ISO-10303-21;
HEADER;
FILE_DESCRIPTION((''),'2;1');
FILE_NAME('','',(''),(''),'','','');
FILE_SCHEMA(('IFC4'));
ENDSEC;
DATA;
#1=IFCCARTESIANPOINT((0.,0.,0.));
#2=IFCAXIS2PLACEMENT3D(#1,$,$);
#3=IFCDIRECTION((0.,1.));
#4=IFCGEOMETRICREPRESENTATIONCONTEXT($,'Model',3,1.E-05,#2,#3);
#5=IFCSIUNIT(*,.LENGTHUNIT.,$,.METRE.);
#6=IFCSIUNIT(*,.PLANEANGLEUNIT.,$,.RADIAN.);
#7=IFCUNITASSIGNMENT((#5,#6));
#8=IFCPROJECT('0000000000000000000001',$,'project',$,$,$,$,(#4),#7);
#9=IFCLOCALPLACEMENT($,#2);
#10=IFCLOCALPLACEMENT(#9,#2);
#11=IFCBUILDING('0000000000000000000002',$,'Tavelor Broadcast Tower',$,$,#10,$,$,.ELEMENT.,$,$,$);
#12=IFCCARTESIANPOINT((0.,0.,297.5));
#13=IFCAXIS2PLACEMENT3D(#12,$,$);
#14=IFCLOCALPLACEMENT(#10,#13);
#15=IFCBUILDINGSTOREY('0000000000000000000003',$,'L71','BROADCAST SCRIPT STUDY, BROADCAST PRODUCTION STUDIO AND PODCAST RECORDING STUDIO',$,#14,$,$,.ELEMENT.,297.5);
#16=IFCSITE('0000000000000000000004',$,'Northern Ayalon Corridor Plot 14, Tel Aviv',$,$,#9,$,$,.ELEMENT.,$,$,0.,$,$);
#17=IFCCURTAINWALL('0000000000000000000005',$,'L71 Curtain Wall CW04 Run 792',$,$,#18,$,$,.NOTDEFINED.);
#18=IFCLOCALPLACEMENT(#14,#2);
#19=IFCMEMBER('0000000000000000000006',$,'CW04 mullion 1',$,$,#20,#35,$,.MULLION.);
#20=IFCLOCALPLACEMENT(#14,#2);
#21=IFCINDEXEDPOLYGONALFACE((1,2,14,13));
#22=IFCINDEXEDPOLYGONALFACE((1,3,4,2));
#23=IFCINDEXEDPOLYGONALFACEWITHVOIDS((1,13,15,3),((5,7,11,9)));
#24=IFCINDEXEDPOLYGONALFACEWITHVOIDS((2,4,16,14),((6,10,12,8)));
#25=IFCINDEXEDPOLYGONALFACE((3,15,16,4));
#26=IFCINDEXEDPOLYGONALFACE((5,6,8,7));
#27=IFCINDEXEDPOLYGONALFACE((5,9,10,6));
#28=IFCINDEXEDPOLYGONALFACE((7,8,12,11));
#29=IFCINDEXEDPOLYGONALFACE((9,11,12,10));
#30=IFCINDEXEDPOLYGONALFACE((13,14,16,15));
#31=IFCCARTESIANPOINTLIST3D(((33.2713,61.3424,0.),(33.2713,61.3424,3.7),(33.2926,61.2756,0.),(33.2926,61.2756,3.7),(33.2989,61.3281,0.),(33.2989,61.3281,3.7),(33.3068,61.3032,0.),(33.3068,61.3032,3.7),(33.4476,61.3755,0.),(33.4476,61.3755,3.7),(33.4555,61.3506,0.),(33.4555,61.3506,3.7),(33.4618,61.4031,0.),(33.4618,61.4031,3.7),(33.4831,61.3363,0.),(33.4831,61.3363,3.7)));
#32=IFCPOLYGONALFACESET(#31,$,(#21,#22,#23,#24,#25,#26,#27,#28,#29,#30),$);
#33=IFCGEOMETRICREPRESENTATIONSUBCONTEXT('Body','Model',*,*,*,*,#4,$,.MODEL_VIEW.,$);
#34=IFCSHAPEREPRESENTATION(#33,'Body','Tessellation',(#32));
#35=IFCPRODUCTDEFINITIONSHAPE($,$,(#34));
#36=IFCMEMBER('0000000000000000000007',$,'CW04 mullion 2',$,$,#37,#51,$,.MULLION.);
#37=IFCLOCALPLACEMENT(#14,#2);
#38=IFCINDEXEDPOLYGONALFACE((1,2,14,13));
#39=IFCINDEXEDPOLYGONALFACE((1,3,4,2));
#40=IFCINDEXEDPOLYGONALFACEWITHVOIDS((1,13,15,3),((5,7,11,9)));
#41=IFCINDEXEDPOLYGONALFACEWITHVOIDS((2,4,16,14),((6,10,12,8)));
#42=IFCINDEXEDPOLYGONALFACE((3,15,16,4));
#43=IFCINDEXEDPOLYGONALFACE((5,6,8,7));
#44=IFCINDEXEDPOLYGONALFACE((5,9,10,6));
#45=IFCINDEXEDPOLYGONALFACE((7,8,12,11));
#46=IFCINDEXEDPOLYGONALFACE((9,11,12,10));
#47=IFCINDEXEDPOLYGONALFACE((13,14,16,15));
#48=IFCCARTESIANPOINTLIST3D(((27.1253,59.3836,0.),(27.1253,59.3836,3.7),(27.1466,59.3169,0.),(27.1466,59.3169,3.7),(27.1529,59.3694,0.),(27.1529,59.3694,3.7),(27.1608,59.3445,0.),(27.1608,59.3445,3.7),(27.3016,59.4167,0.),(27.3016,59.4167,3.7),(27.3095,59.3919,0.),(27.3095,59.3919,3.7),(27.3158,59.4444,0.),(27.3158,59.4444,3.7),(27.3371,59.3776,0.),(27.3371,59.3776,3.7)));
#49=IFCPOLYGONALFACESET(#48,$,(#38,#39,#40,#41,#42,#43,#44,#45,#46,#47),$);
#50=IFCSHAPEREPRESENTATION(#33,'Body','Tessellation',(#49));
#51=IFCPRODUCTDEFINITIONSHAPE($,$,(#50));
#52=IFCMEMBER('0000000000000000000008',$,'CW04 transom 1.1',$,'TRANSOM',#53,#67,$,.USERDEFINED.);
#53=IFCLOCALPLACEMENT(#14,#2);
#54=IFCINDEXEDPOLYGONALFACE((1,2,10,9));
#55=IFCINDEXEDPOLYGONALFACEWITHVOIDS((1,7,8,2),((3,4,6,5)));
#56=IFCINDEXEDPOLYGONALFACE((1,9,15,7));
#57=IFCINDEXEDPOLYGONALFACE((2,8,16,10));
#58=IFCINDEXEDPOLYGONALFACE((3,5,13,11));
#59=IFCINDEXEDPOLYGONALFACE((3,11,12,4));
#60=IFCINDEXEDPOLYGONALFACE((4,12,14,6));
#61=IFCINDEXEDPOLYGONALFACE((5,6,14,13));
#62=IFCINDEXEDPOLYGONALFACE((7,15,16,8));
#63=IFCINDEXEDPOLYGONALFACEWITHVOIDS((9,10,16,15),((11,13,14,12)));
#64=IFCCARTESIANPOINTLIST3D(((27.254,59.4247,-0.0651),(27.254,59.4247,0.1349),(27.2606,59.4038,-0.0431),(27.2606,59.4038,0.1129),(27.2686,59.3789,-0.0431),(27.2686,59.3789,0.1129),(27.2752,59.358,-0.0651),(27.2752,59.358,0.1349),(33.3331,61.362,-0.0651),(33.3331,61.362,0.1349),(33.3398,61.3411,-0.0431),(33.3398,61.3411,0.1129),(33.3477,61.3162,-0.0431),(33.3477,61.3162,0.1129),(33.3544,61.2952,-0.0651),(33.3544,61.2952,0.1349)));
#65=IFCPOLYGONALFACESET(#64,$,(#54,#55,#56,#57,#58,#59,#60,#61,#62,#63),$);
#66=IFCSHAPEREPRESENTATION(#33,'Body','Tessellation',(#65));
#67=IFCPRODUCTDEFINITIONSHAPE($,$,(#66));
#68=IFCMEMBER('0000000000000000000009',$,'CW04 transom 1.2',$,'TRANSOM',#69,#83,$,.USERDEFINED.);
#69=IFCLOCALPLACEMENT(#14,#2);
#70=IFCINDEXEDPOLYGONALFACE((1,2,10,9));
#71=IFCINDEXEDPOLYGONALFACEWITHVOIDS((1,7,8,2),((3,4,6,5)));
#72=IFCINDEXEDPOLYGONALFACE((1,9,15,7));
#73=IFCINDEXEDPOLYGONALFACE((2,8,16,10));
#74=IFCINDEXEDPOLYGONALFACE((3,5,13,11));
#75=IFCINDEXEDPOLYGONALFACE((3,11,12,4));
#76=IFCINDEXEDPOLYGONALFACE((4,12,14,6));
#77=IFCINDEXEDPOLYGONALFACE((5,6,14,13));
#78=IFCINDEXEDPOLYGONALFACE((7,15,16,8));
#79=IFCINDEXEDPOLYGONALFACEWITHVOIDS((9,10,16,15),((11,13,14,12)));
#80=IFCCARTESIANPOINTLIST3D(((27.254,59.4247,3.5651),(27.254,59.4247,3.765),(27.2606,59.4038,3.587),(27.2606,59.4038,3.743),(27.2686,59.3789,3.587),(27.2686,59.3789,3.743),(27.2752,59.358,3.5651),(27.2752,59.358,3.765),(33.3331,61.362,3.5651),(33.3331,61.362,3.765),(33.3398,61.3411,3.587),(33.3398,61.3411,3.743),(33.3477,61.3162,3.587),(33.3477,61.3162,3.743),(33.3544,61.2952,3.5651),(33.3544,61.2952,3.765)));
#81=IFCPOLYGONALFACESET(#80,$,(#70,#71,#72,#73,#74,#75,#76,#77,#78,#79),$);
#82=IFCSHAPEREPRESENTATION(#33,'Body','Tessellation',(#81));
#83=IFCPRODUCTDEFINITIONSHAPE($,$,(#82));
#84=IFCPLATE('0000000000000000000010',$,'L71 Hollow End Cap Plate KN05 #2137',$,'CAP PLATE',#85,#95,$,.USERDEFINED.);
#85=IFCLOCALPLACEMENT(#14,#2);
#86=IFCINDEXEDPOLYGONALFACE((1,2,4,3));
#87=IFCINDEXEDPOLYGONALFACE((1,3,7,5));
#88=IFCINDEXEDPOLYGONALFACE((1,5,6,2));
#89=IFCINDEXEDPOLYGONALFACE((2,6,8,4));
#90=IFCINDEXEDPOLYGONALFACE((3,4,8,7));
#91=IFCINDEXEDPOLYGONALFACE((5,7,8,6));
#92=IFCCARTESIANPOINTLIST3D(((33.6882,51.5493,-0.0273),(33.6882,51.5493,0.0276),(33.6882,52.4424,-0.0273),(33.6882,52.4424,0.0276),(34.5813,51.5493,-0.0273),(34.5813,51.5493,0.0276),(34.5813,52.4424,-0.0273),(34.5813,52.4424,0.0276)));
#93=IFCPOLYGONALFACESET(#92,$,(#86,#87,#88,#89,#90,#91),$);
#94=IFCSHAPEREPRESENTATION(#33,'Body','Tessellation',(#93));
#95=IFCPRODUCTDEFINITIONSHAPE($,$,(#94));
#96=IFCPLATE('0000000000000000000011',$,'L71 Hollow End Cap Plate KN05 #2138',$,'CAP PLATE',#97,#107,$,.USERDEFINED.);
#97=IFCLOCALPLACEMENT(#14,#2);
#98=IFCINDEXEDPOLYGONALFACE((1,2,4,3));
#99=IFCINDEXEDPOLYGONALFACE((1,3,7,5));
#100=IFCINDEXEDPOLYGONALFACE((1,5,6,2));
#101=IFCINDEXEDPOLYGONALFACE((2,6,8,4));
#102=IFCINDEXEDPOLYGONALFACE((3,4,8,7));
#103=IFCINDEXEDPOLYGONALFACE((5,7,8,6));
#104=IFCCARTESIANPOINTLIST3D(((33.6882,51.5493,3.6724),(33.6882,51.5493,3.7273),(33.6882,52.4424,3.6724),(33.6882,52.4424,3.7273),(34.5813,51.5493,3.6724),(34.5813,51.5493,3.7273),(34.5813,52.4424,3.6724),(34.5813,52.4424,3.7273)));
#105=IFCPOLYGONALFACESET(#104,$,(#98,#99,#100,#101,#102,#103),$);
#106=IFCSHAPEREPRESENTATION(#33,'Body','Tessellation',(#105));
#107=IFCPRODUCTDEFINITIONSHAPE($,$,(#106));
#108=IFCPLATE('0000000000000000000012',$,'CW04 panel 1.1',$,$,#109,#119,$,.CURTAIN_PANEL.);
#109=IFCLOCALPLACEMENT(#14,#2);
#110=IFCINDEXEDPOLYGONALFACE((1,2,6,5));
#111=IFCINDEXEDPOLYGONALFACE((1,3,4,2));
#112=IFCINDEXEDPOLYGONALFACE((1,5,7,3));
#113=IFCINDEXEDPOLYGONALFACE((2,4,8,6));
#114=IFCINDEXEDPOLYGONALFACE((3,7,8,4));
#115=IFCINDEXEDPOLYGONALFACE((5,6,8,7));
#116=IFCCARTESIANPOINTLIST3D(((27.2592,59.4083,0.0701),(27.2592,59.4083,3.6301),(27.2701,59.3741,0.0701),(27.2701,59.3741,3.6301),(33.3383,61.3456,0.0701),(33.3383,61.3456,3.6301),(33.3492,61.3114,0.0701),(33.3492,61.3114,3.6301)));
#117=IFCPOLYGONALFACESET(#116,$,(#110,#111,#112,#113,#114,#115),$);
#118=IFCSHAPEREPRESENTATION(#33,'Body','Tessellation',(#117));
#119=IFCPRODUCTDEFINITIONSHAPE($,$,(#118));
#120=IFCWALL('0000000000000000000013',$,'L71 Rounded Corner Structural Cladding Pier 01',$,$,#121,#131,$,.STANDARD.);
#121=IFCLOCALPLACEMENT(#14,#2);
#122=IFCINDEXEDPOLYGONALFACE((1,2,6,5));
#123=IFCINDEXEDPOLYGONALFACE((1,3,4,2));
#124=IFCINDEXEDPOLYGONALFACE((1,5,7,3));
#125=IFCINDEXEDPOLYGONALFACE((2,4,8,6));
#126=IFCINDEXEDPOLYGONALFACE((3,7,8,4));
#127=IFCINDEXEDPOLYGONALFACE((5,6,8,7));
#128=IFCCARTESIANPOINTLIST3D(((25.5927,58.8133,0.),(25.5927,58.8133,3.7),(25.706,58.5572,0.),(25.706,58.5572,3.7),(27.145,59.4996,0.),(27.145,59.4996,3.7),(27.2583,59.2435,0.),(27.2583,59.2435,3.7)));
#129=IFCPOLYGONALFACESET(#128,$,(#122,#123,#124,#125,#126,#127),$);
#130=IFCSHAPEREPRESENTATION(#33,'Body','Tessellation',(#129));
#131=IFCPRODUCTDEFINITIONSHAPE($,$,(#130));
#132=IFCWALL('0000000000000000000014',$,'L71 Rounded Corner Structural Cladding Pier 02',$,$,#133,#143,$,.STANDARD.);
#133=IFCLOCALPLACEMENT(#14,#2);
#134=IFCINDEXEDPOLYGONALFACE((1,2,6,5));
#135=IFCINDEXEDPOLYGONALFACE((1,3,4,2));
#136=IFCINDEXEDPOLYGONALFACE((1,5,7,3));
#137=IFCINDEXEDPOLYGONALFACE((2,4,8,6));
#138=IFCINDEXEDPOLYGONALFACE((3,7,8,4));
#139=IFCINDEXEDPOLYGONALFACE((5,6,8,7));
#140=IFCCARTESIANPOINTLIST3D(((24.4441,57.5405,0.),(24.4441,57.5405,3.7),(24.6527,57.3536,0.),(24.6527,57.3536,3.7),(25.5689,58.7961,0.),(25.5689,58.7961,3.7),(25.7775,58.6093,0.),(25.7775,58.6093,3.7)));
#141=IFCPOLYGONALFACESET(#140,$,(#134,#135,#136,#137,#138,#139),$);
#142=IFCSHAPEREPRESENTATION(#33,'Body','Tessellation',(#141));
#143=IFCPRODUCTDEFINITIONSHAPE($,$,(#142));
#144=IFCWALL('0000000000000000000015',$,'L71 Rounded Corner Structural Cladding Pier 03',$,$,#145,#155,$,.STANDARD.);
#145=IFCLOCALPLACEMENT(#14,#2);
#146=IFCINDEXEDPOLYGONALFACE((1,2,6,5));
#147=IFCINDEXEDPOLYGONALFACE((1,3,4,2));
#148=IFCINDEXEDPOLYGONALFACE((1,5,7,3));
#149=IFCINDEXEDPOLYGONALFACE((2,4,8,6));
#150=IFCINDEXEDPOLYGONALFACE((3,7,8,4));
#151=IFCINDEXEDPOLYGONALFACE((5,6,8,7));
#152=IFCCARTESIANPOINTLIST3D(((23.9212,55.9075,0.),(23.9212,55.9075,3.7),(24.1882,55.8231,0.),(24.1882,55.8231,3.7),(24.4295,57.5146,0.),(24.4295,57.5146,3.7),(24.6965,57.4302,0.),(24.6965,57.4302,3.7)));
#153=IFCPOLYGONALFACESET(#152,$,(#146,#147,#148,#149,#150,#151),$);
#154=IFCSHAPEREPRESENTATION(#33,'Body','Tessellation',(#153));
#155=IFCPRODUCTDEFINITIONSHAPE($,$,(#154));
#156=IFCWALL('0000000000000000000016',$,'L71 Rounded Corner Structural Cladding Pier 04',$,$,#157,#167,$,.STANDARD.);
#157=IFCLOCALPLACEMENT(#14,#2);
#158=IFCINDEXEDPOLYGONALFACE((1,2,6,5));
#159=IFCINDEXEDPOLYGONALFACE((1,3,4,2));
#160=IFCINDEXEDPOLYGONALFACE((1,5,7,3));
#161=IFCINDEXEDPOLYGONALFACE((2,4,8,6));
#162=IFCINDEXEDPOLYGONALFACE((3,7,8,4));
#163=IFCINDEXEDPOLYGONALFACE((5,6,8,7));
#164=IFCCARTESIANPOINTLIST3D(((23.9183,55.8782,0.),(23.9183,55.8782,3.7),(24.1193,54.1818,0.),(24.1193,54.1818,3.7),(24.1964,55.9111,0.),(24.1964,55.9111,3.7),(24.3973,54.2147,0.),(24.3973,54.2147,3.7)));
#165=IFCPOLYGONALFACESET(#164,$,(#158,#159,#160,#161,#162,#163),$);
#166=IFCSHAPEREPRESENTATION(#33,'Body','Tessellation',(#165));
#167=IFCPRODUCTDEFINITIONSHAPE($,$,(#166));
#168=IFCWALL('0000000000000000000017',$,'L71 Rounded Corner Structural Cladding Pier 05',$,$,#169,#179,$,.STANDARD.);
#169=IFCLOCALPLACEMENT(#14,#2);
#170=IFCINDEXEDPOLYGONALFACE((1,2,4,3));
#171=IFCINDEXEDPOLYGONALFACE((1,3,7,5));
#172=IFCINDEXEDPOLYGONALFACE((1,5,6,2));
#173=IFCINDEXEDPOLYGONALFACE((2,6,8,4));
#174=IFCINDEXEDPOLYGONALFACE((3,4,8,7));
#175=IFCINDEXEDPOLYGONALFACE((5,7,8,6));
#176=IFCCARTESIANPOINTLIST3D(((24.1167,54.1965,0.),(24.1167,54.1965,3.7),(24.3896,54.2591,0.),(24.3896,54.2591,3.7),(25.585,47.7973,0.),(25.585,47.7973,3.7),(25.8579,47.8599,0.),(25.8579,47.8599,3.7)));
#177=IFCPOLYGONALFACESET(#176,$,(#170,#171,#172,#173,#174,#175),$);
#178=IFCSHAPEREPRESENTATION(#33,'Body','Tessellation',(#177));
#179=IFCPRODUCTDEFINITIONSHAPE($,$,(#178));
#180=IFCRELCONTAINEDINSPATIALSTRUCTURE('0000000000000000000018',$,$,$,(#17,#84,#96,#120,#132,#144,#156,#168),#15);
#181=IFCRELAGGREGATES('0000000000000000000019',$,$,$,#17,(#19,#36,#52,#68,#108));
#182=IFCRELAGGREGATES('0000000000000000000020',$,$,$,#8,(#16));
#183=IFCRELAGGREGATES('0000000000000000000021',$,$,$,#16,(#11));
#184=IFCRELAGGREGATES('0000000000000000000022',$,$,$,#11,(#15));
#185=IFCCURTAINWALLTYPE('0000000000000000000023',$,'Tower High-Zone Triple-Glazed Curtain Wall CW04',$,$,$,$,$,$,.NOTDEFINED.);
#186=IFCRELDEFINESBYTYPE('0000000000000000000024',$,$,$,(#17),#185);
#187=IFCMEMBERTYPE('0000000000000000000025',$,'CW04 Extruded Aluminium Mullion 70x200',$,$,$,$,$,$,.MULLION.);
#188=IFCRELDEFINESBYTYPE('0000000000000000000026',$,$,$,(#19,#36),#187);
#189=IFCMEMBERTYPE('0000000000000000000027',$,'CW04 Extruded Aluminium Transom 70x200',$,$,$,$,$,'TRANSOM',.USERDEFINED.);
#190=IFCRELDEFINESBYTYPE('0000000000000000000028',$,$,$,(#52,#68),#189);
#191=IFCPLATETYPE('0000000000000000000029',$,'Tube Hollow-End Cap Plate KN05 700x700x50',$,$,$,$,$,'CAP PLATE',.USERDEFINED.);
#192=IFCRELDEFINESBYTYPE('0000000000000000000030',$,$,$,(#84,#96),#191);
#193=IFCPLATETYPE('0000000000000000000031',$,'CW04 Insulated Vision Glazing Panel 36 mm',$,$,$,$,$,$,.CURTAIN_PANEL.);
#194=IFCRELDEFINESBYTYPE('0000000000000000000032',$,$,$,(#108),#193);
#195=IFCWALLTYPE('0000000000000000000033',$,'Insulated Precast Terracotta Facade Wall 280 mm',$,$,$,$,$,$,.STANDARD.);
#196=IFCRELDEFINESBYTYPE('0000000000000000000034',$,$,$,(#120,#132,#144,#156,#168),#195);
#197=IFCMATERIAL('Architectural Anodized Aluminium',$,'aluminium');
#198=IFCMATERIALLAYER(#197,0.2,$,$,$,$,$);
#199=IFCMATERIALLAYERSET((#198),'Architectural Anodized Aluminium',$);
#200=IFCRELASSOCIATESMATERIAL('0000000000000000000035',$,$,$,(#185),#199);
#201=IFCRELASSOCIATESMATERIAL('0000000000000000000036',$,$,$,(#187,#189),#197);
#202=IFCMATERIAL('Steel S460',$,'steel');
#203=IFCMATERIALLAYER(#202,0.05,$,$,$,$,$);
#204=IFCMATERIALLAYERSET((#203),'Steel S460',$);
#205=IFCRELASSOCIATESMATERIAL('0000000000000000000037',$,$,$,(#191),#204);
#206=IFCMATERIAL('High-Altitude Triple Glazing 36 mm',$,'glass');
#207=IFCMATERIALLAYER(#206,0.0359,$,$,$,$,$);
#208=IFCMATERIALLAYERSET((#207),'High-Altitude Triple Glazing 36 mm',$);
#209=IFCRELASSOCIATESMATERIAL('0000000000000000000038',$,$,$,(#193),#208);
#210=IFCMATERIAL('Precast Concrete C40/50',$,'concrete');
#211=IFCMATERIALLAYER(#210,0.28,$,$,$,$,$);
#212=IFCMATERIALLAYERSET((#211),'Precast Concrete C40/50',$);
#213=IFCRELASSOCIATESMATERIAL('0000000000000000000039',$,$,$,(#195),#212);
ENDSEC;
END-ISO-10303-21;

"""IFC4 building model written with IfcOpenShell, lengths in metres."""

from ifc_helpers import new_model, si_unit, direction, frame, frame_2d, origin, origin_2d, place, context, subcontext, project, spatial, rectangle, hollow_rectangle, extrude, source, transform, mapped, material, layer, layer_set, material_profile, profile_set, type_object, type_shapes, element, aggregate, save


model = new_model("IFC4")

# Units and contexts
model_context = context("Model", 3, precision=1e-05, world=origin(), true_north=direction((0.0, 1.0)))
body_context = subcontext(model_context, "Body", "Model", "MODEL_VIEW")
ifc_project = project(units=[si_unit("LENGTHUNIT", "METRE"), si_unit("PLANEANGLEUNIT", "RADIAN")], contexts=[model_context])

# Site, building, storey
site_placement = place(None, origin())
site = spatial("IfcSite", under=ifc_project, at=site_placement, Name="Northern Ayalon Corridor Plot 14, Tel Aviv", CompositionType="ELEMENT", RefElevation=0.0)
building_placement = place(site_placement, origin())
building = spatial("IfcBuilding", under=site, at=building_placement, Name="Tavelor Broadcast Tower", CompositionType="ELEMENT")
storey_placement = place(building_placement, frame((0.0, 0.0, 297.5)))
storey = spatial("IfcBuildingStorey", under=building, at=storey_placement, Name="L71", Description="BROADCAST SCRIPT STUDY, BROADCAST PRODUCTION STUDIO AND PODCAST RECORDING STUDIO", CompositionType="ELEMENT", Elevation=297.5)

# Shared definitions
ifc_material_1 = material(Name="Steel S460", Category="steel")

# Shared definitions
ifc_material_2 = material(Name="Architectural Anodized Aluminium", Category="aluminium")
ifc_layer_1 = layer(ifc_material_2, 0.2)
ifc_layer_set_1 = layer_set([ifc_layer_1], Name="Architectural Anodized Aluminium")
curtain_wall_type = type_object("IfcCurtainWallType", Name="Tower High-Zone Triple-Glazed Curtain Wall CW04", PredefinedType="NOTDEFINED", material=ifc_layer_set_1)
ifc_material_profile_1 = material_profile(ifc_material_2, hollow_rectangle(XDim=0.0701, YDim=0.2, WallThickness=0.022, at=origin_2d()), Name="RHS 70x200x22")
ifc_profile_set_1 = profile_set([ifc_material_profile_1], Name="Architectural Anodized Aluminium")
member_type_1 = type_object("IfcMemberType", Name="CW04 Extruded Aluminium Mullion 70x200", PredefinedType="MULLION", material=ifc_profile_set_1)
shared_shape_1 = source(origin(), body_context, "Body", "SweptSolid", [
    extrude(hollow_rectangle(XDim=0.0701, YDim=0.2, WallThickness=0.022, at=origin_2d()), origin(), (0.0, 0.0, 1.0), 3.7),
])
type_shapes(member_type_1, [shared_shape_1])

# Curtain wall, members
curtain_wall_1_placement = place(storey_placement, origin())
curtain_wall_1 = element("IfcCurtainWall", 1, at=curtain_wall_1_placement, inside=storey, type_object=curtain_wall_type, Name="L71 Curtain Wall CW04 Run 792", PredefinedType="NOTDEFINED")
member_1_placement = place(storey_placement, frame((33.3772, 61.3394, 0.0), z_axis=(0.0, 0.0, 1.0), x_axis=(0.303644, -0.952785, 0.0)))
member_1 = element("IfcMember", 2, at=member_1_placement, type_object=member_type_1, Name="CW04 mullion 1", PredefinedType="MULLION", context=body_context, shape_type="MappedRepresentation", body=[
    mapped(shared_shape_1, transform((0.0, 0.0, 0.0), scale=1.0)),
])
member_2_placement = place(storey_placement, frame((27.2312, 59.3806, 0.0), z_axis=(0.0, 0.0, 1.0), x_axis=(0.303644, -0.952785, 0.0)))
member_2 = element("IfcMember", 3, at=member_2_placement, type_object=member_type_1, Name="CW04 mullion 2", PredefinedType="MULLION", context=body_context, shape_type="MappedRepresentation", body=[
    mapped(shared_shape_1, transform((0.0, 0.0, 0.0), scale=1.0)),
])
ifc_material_profile_2 = material_profile(ifc_material_2, hollow_rectangle(XDim=0.0701, YDim=0.2, WallThickness=0.022, at=origin_2d()), Name="RHS 70x200x22")
ifc_profile_set_2 = profile_set([ifc_material_profile_2], Name="Architectural Anodized Aluminium")
member_type_2 = type_object("IfcMemberType", Name="CW04 Extruded Aluminium Transom 70x200", ElementType="TRANSOM", PredefinedType="USERDEFINED", material=ifc_profile_set_2)
shared_shape_2 = source(origin(), body_context, "Body", "SweptSolid", [
    extrude(hollow_rectangle(XDim=0.0701, YDim=0.2, WallThickness=0.022, at=origin_2d()), origin(), (0.0, 0.0, 1.0), 6.3804),
])
type_shapes(member_type_2, [shared_shape_2])
member_3_placement = place(storey_placement, frame((33.3438, 61.3286, 0.0349), z_axis=(-0.95279, -0.30363, 0.0), x_axis=(0.30363, -0.95279, 0.0)))
member_3 = element("IfcMember", 4, at=member_3_placement, type_object=member_type_2, Name="CW04 transom 1.1", ObjectType="TRANSOM", PredefinedType="USERDEFINED", context=body_context, shape_type="MappedRepresentation", body=[
    mapped(shared_shape_2, transform((0.0, 0.0, 0.0), scale=1.0)),
])
member_4_placement = place(storey_placement, frame((33.3438, 61.3286, 3.665), z_axis=(-0.95279, -0.30363, 0.0), x_axis=(0.30363, -0.95279, 0.0)))
member_4 = element("IfcMember", 5, at=member_4_placement, type_object=member_type_2, Name="CW04 transom 1.2", ObjectType="TRANSOM", PredefinedType="USERDEFINED", context=body_context, shape_type="MappedRepresentation", body=[
    mapped(shared_shape_2, transform((0.0, 0.0, 0.0), scale=1.0)),
])

# Plates
ifc_layer_2 = layer(ifc_material_1, 0.05)
ifc_layer_set_2 = layer_set([ifc_layer_2], Name="Steel S460")
plate_type_1 = type_object("IfcPlateType", Name="Tube Hollow-End Cap Plate KN05 700x700x50", ElementType="CAP PLATE", PredefinedType="USERDEFINED", material=ifc_layer_set_2)
shared_shape_3 = source(origin(), body_context, "Body", "SweptSolid", [
    extrude(rectangle(XDim=0.8931, YDim=0.8931, at=origin_2d()), origin(), (0.0, 0.0, 1.0), 0.0549),
])
type_shapes(plate_type_1, [shared_shape_3])
for number, where, z_axis, x_axis, name in (
    (6, (34.1348, 51.9958, -0.0273), (0.0, 0.0, 1.0), (1.0, 0.0, 0.0), "L71 Hollow End Cap Plate KN05 #2137"),
    (7, (34.1348, 51.9958, 3.6724), (0.0, 0.0, 1.0), (1.0, 0.0, 0.0), "L71 Hollow End Cap Plate KN05 #2138"),
):
    element("IfcPlate", number, at=place(storey_placement, frame(where, z_axis=z_axis, x_axis=x_axis)), inside=storey, type_object=plate_type_1, Name=name, ObjectType="CAP PLATE", PredefinedType="USERDEFINED", context=body_context, shape_type="MappedRepresentation", body=[
        mapped(shared_shape_3, transform((0.0, 0.0, 0.0), scale=1.0)),
    ])

# Plate
ifc_material_3 = material(Name="High-Altitude Triple Glazing 36 mm", Category="glass")
ifc_layer_3 = layer(ifc_material_3, 0.0359)
ifc_layer_set_3 = layer_set([ifc_layer_3], Name="High-Altitude Triple Glazing 36 mm")
plate_type_2 = type_object("IfcPlateType", Name="CW04 Insulated Vision Glazing Panel 36 mm", PredefinedType="CURTAIN_PANEL", material=ifc_layer_set_3)
shared_shape_4 = source(origin(), body_context, "Body", "SweptSolid", [
    extrude(rectangle(XDim=6.3804, YDim=0.0359, at=origin_2d()), origin(), (0.0, 0.0, 1.0), 3.5601),
])
type_shapes(plate_type_2, [shared_shape_4])
plate_placement = place(storey_placement, frame((30.3042, 60.3599, 0.0701), z_axis=(0.0, 0.0, 1.0), x_axis=(-0.952785, -0.303644, 0.0)))
plate = element("IfcPlate", 8, at=plate_placement, type_object=plate_type_2, Name="CW04 panel 1.1", PredefinedType="CURTAIN_PANEL", context=body_context, shape_type="MappedRepresentation", body=[
    mapped(shared_shape_4, transform((0.0, 0.0, 0.0), scale=1.0)),
])
aggregate(curtain_wall_1, [member_1, member_2, member_3, member_4, plate])

# Walls
ifc_material_4 = material(Name="Precast Concrete C40/50", Category="concrete")
ifc_layer_4 = layer(ifc_material_4, 0.28)
ifc_layer_set_4 = layer_set([ifc_layer_4], Name="Precast Concrete C40/50")
wall_type_1 = type_object("IfcWallType", Name="Insulated Precast Terracotta Facade Wall 280 mm", PredefinedType="STANDARD", material=ifc_layer_set_4)
wall_1_placement = place(storey_placement, frame((27.2017, 59.3716, 0.0), z_axis=(0.0, 0.0, 1.0), x_axis=(-0.914599, -0.404363, 0.0)))
element("IfcWall", 9, at=wall_1_placement, inside=storey, type_object=wall_type_1, Name="L71 Rounded Corner Structural Cladding Pier 01", PredefinedType="STANDARD", context=body_context, shape_type="SweptSolid", body=[
    extrude(rectangle(XDim=1.6973, YDim=0.28, at=frame_2d((0.8486, 0.0))), origin(), (0.0, 0.0, 1.0), 3.7),
])
wall_2_placement = place(storey_placement, frame((25.6731, 58.7026, 0.0), z_axis=(0.0, 0.0, 1.0), x_axis=(-0.667227, -0.744855, 0.0)))
element("IfcWall", 10, at=wall_2_placement, inside=storey, type_object=wall_type_1, Name="L71 Rounded Corner Structural Cladding Pier 02", PredefinedType="STANDARD", context=body_context, shape_type="SweptSolid", body=[
    extrude(rectangle(XDim=1.6858, YDim=0.28, at=frame_2d((0.8428, 0.0))), origin(), (0.0, 0.0, 1.0), 3.7),
])
wall_3_placement = place(storey_placement, frame((24.563, 57.4724, 0.0), z_axis=(0.0, 0.0, 1.0), x_axis=(-0.301547, -0.953451, 0.0)))
element("IfcWall", 11, at=wall_3_placement, inside=storey, type_object=wall_type_1, Name="L71 Rounded Corner Structural Cladding Pier 03", PredefinedType="STANDARD", context=body_context, shape_type="SweptSolid", body=[
    extrude(rectangle(XDim=1.6855, YDim=0.28, at=frame_2d((0.8428, 0.0))), origin(), (0.0, 0.0, 1.0), 3.7),
])
wall_4_placement = place(storey_placement, frame((24.0574, 55.8945, 0.0), z_axis=(0.0, 0.0, 1.0), x_axis=(0.117629, -0.993058, 0.0)))
element("IfcWall", 12, at=wall_4_placement, inside=storey, type_object=wall_type_1, Name="L71 Rounded Corner Structural Cladding Pier 04", PredefinedType="STANDARD", context=body_context, shape_type="SweptSolid", body=[
    extrude(rectangle(XDim=1.7083, YDim=0.28, at=frame_2d((0.854, 0.0))), origin(), (0.0, 0.0, 1.0), 3.7),
])
wall_5_placement = place(storey_placement, frame((24.2532, 54.2278, 0.0), z_axis=(0.0, 0.0, 1.0), x_axis=(0.223635, -0.974673, 0.0)))
element("IfcWall", 13, at=wall_5_placement, inside=storey, type_object=wall_type_1, Name="L71 Rounded Corner Structural Cladding Pier 05", PredefinedType="STANDARD", context=body_context, shape_type="SweptSolid", body=[
    extrude(rectangle(XDim=6.5654, YDim=0.28, at=frame_2d((3.2827, 0.0))), origin(), (0.0, 0.0, 1.0), 3.7),
])

save(model, "model.ifc")
